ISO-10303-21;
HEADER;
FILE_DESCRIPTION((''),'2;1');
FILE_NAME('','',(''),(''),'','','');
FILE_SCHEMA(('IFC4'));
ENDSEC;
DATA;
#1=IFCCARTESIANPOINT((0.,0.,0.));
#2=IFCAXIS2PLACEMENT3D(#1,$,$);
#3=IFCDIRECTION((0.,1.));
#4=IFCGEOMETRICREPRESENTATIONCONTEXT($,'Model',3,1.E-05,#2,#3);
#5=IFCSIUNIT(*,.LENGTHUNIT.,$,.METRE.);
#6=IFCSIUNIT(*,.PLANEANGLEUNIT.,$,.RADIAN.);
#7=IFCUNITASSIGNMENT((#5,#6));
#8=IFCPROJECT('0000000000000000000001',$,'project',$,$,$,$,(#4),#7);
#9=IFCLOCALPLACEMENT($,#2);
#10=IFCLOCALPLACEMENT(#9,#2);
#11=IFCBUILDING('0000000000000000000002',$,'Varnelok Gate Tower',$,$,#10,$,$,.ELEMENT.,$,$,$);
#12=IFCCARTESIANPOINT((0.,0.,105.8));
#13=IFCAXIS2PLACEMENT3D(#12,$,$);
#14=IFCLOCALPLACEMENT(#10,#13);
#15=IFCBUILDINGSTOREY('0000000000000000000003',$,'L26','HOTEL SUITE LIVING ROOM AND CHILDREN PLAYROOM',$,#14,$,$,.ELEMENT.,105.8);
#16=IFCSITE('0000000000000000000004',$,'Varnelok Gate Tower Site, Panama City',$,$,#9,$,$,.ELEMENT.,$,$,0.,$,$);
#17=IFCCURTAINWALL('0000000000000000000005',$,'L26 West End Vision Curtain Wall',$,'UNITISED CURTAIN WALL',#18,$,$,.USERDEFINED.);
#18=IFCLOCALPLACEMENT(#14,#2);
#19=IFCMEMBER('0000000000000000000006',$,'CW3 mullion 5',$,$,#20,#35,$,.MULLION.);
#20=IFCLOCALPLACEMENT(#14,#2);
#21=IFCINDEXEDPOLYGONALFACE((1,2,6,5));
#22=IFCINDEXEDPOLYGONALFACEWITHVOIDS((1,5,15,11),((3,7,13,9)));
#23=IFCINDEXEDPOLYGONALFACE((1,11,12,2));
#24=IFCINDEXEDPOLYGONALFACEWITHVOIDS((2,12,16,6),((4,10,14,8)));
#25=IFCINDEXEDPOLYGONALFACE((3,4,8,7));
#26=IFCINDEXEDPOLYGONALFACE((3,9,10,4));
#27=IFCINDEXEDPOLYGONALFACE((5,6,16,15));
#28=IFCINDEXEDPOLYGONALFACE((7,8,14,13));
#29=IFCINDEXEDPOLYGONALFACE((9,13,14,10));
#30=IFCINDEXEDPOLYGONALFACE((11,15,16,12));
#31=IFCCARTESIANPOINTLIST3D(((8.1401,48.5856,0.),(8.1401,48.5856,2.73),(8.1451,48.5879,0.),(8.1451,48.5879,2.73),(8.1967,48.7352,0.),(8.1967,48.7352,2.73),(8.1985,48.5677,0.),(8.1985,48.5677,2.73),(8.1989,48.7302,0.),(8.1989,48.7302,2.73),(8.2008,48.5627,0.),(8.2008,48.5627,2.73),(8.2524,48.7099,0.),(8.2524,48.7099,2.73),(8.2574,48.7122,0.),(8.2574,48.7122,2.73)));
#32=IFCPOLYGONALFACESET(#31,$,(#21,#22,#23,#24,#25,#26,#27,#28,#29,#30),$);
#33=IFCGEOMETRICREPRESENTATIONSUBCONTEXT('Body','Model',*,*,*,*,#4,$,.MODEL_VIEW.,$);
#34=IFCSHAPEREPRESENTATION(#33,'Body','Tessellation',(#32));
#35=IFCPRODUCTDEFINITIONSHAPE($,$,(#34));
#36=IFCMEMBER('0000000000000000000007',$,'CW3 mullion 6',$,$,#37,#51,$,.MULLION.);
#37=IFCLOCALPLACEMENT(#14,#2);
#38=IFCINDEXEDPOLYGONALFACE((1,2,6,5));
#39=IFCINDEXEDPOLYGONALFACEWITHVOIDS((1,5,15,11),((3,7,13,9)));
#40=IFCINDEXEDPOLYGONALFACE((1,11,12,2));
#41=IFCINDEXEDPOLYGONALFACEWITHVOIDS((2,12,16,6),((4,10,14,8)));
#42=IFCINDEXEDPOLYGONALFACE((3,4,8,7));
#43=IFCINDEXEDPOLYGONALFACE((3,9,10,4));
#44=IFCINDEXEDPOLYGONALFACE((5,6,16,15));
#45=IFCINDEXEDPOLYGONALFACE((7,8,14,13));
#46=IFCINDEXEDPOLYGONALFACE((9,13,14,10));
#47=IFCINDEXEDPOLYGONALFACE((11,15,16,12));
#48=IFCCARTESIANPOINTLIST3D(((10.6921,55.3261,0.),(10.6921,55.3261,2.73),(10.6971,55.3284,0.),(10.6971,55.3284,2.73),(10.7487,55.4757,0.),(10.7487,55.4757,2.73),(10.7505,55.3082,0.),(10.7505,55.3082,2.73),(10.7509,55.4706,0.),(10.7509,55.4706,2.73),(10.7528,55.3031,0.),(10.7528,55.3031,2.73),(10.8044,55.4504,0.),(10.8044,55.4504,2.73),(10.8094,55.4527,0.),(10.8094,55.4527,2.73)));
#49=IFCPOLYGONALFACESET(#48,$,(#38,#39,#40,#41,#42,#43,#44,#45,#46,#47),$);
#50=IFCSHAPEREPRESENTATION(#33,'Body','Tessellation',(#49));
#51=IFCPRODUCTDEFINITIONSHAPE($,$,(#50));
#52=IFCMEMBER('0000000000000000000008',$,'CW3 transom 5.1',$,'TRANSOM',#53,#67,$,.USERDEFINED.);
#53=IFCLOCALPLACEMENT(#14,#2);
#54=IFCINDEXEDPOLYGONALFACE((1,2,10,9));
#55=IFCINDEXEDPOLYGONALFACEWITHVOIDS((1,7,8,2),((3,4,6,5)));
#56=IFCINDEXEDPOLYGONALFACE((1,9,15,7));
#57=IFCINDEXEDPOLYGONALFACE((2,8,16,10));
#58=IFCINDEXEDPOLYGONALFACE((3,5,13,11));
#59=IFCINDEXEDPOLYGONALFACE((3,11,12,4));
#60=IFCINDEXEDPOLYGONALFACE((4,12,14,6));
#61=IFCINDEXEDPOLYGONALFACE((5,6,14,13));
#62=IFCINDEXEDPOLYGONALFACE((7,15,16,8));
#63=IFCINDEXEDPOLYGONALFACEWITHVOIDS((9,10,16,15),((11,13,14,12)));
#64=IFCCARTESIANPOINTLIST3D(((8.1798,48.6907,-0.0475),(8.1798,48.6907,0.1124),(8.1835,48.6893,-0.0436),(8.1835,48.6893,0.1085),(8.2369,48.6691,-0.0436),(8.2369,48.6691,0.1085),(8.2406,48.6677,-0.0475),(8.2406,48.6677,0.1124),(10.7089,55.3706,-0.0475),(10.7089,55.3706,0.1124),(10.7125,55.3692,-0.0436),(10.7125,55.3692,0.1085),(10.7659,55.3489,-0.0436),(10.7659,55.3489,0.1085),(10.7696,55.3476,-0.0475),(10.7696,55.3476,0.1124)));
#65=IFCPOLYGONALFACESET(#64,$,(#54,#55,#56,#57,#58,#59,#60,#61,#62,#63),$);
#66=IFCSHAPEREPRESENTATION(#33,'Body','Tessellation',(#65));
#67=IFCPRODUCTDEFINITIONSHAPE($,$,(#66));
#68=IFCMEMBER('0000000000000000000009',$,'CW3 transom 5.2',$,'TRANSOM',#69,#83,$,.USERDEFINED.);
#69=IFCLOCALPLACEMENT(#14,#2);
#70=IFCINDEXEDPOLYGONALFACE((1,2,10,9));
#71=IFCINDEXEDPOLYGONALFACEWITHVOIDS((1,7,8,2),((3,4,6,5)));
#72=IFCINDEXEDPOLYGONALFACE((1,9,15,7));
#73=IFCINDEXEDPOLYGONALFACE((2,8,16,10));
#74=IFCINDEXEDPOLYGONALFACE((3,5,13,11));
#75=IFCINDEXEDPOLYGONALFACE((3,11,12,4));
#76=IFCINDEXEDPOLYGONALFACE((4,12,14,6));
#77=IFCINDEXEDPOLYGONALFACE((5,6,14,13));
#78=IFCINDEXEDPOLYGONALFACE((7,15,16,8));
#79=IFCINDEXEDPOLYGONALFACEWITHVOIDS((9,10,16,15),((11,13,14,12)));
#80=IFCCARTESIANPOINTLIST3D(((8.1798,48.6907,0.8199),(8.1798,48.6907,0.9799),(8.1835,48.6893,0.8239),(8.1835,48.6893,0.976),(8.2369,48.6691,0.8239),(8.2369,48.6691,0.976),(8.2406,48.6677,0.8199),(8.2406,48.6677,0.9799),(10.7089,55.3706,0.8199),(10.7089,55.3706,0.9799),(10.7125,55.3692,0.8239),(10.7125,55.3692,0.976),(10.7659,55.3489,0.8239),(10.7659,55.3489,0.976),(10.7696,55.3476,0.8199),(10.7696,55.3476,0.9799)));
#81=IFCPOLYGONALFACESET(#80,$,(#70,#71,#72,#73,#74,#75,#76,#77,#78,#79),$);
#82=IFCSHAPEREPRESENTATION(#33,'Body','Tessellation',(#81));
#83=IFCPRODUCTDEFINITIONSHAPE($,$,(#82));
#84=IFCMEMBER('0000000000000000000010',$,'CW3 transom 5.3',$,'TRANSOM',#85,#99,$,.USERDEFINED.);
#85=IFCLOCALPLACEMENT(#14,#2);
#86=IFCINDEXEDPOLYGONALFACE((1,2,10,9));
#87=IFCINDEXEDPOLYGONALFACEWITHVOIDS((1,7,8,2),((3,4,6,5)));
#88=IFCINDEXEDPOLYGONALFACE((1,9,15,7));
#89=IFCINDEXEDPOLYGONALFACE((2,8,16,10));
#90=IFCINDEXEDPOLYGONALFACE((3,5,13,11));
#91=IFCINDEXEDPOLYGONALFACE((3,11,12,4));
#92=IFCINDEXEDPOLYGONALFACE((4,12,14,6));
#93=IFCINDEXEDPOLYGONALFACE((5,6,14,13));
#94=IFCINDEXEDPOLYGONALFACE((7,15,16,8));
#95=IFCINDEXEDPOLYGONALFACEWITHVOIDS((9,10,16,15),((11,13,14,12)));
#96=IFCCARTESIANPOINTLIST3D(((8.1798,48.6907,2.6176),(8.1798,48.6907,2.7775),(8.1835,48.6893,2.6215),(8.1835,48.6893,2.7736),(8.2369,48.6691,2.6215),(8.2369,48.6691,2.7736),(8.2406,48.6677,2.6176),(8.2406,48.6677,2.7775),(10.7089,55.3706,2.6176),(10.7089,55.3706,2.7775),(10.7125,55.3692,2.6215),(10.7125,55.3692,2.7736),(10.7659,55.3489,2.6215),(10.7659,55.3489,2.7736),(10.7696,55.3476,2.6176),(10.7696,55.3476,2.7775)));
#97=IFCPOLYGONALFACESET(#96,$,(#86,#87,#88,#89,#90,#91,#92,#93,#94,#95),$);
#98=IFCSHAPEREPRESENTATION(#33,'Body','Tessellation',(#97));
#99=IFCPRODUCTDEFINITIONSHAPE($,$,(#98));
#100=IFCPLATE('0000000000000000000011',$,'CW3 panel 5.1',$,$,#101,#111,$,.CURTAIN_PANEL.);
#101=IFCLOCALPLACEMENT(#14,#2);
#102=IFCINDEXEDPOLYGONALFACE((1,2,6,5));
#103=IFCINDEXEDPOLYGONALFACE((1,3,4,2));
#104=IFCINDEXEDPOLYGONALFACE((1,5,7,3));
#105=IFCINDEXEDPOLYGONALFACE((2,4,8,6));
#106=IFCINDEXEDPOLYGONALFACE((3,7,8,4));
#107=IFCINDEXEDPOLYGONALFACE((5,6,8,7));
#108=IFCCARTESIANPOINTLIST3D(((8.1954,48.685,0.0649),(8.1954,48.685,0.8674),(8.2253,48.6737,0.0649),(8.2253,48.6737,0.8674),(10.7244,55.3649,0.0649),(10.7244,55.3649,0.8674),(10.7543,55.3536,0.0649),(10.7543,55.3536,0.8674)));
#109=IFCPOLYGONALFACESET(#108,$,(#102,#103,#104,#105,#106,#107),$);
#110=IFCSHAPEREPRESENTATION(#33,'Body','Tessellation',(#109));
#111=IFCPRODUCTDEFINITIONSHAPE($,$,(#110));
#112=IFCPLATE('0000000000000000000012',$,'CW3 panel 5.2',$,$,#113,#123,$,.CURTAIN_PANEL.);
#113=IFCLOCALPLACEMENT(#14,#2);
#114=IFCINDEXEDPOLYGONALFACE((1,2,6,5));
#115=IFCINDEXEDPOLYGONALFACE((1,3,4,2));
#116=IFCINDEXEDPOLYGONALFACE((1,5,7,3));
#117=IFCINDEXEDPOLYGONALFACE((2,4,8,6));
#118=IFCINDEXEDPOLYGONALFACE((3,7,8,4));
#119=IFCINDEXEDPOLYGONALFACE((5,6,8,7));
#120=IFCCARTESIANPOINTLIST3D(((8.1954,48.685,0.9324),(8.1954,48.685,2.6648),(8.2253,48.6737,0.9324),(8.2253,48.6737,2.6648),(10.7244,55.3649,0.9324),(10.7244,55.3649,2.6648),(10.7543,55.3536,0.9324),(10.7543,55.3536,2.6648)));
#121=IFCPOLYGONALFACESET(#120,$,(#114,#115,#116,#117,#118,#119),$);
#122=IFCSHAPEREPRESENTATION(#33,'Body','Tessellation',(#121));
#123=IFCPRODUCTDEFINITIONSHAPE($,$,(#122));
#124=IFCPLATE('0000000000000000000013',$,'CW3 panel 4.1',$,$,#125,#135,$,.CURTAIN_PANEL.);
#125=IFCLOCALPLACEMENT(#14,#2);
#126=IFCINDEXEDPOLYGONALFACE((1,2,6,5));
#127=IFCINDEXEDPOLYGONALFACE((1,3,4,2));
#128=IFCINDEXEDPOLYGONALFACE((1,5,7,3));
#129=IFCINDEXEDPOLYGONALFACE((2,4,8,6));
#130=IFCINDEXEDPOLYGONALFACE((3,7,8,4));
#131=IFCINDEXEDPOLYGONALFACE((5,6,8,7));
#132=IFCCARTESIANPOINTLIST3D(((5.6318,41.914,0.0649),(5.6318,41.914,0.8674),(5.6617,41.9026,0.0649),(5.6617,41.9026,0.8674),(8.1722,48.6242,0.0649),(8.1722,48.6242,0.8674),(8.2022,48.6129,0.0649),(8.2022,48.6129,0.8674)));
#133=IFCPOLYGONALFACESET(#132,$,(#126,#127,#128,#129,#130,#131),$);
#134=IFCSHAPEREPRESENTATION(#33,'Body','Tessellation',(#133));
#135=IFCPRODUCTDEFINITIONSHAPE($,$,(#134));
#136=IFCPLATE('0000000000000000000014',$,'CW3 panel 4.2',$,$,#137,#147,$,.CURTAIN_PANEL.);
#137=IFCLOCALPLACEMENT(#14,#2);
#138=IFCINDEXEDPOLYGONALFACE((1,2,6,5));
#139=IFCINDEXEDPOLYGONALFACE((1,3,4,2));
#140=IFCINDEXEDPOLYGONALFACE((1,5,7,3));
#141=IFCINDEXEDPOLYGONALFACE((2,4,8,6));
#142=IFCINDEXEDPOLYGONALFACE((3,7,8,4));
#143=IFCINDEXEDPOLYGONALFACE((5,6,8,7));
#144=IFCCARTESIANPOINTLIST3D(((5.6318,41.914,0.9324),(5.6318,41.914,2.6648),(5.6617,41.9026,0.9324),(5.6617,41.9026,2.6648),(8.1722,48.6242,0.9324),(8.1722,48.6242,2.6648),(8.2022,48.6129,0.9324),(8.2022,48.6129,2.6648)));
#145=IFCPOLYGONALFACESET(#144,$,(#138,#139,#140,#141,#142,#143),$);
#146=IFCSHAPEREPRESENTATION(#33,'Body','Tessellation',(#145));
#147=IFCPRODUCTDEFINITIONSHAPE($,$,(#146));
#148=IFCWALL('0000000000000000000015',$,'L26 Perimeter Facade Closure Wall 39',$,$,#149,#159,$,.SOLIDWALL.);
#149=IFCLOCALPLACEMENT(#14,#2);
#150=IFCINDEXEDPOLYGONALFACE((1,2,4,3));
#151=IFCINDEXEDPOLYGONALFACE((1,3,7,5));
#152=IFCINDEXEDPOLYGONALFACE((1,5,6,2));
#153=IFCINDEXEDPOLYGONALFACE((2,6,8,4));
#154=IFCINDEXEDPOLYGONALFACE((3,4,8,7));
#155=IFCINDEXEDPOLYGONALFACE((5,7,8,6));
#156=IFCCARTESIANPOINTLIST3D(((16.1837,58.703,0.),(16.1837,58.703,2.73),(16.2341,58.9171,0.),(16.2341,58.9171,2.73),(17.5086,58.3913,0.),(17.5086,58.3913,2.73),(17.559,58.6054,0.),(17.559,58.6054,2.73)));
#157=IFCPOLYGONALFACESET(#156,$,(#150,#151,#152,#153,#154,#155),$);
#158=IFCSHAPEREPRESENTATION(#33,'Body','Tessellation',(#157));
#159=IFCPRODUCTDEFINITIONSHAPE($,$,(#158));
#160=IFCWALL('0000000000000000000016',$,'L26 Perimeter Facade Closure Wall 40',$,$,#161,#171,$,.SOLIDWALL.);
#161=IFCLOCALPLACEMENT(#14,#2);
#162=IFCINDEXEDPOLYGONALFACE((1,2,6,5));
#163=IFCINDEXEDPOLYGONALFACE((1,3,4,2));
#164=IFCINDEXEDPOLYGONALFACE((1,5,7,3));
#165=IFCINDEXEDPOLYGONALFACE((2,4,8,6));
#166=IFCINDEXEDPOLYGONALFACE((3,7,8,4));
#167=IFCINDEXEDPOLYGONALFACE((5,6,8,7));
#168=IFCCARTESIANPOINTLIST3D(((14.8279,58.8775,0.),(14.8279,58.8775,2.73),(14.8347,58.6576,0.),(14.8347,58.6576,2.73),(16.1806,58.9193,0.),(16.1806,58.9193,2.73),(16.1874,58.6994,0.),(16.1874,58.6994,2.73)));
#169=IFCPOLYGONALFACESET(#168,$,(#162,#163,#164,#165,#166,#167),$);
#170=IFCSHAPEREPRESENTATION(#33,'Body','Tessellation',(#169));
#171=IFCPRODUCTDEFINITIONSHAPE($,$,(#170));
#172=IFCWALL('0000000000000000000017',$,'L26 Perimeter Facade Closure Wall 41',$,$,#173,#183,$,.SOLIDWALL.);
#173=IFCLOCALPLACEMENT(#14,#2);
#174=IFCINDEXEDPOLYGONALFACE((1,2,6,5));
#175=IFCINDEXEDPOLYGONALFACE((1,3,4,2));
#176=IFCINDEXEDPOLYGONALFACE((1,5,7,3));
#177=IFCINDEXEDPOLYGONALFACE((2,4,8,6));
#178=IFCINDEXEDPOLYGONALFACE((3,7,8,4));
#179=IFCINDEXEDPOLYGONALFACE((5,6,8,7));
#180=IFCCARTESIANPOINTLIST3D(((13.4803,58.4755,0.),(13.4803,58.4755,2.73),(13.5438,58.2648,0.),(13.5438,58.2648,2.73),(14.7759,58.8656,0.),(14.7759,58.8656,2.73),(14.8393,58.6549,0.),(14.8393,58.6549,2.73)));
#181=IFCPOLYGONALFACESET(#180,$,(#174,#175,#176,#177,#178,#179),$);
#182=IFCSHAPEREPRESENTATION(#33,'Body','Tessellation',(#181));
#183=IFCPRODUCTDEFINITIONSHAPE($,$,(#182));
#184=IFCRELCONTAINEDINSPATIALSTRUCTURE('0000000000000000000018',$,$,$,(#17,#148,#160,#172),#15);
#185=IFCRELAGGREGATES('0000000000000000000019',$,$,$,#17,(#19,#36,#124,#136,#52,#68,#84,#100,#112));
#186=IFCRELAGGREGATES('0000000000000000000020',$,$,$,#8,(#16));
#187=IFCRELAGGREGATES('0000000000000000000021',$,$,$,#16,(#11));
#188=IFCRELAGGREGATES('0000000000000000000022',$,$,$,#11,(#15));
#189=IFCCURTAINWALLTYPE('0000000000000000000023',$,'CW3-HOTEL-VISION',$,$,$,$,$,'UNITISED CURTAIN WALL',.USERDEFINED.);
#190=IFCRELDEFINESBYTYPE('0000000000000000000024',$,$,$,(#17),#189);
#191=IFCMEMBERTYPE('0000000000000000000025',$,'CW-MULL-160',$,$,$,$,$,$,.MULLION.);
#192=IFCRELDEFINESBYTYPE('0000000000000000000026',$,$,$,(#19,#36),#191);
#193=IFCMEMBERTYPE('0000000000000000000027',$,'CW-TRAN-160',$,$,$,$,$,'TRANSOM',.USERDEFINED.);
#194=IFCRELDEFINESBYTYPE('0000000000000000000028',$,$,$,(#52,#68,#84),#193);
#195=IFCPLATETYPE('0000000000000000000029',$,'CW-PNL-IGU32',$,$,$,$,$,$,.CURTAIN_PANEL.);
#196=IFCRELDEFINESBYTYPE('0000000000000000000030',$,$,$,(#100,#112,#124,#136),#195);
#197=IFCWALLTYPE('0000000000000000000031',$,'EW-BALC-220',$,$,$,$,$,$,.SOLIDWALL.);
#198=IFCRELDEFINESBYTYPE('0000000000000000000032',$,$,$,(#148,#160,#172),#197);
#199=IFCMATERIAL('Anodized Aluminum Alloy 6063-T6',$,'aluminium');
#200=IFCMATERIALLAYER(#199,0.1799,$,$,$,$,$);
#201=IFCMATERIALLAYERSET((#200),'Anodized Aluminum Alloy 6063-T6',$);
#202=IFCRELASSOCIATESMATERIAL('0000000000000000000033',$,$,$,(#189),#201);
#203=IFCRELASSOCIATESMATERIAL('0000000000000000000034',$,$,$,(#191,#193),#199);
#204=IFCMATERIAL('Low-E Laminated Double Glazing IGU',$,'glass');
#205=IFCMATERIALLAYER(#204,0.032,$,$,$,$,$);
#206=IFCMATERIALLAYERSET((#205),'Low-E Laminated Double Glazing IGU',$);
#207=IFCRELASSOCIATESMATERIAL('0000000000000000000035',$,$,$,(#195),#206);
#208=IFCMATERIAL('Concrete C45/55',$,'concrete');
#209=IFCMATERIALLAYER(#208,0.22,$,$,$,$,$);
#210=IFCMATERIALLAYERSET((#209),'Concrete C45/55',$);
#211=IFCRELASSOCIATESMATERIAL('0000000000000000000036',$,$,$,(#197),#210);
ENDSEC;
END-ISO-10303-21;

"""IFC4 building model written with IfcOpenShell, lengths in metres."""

from ifc_helpers import new_model, si_unit, direction, frame, frame_2d, origin, origin_2d, place, context, subcontext, project, spatial, rectangle, hollow_rectangle, extrude, source, transform, mapped, material, layer, layer_set, material_profile, profile_set, type_object, element, aggregate, save


model = new_model("IFC4")

# Units and contexts
model_context = context("Model", 3, precision=1e-05, world=origin(), true_north=direction((0.0, 1.0)))
body_context = subcontext(model_context, "Body", "Model", "MODEL_VIEW")
ifc_project = project(units=[si_unit("LENGTHUNIT", "METRE"), si_unit("PLANEANGLEUNIT", "RADIAN")], contexts=[model_context])

# Site, building, storey
site_placement = place(None, origin())
site = spatial("IfcSite", under=ifc_project, at=site_placement, Name="Varnelok Gate Tower Site, Panama City", CompositionType="ELEMENT", RefElevation=0.0)
building_placement = place(site_placement, origin())
building = spatial("IfcBuilding", under=site, at=building_placement, Name="Varnelok Gate Tower", CompositionType="ELEMENT")
storey_placement = place(building_placement, frame((0.0, 0.0, 105.8)))
storey = spatial("IfcBuildingStorey", under=building, at=storey_placement, Name="L26", Description="HOTEL SUITE LIVING ROOM AND CHILDREN PLAYROOM", CompositionType="ELEMENT", Elevation=105.8)

# Curtain wall, members, plates
ifc_material_1 = material(Name="Anodized Aluminum Alloy 6063-T6", Category="aluminium")
ifc_layer_1 = layer(ifc_material_1, 0.1799)
ifc_layer_set_1 = layer_set([ifc_layer_1], Name="Anodized Aluminum Alloy 6063-T6")
curtain_wall_type = type_object("IfcCurtainWallType", Name="CW3-HOTEL-VISION", ElementType="UNITISED CURTAIN WALL", PredefinedType="USERDEFINED", material=ifc_layer_set_1)
curtain_wall_placement = place(storey_placement, origin())
curtain_wall = element("IfcCurtainWall", 1, at=curtain_wall_placement, inside=storey, type_object=curtain_wall_type, Name="L26 West End Vision Curtain Wall", ObjectType="UNITISED CURTAIN WALL", PredefinedType="USERDEFINED")
ifc_material_profile_1 = material_profile(ifc_material_1, hollow_rectangle(XDim=0.0649, YDim=0.1599, WallThickness=0.0039, at=origin_2d()), Name="ALU160X65X4")
ifc_profile_set_1 = profile_set([ifc_material_profile_1], Name="Anodized Aluminum Alloy 6063-T6")
member_type_1 = type_object("IfcMemberType", Name="CW-MULL-160", PredefinedType="MULLION", material=ifc_profile_set_1)
member_1_placement = place(storey_placement, frame((8.1987, 48.6489, 0.0), z_axis=(0.0, 0.0, 1.0), x_axis=(-0.935221, 0.354064, 0.0)))
member_1 = element("IfcMember", 2, at=member_1_placement, type_object=member_type_1, Name="CW3 mullion 5", PredefinedType="MULLION", context=body_context, shape_type="SweptSolid", body=[
    extrude(hollow_rectangle(XDim=0.0649, YDim=0.1599, WallThickness=0.0039, at=origin_2d()), origin(), (0.0, 0.0, 1.0), 2.73),
])
member_2_placement = place(storey_placement, frame((10.7507, 55.3894, 0.0), z_axis=(0.0, 0.0, 1.0), x_axis=(-0.935221, 0.354064, 0.0)))
member_2 = element("IfcMember", 3, at=member_2_placement, type_object=member_type_1, Name="CW3 mullion 6", PredefinedType="MULLION", context=body_context, shape_type="SweptSolid", body=[
    extrude(hollow_rectangle(XDim=0.0649, YDim=0.1599, WallThickness=0.0039, at=origin_2d()), origin(), (0.0, 0.0, 1.0), 2.73),
])
ifc_material_profile_2 = material_profile(ifc_material_1, hollow_rectangle(XDim=0.0649, YDim=0.1599, WallThickness=0.0039, at=origin_2d()), Name="ALU160X65X4")
ifc_profile_set_2 = profile_set([ifc_material_profile_2], Name="Anodized Aluminum Alloy 6063-T6")
member_type_2 = type_object("IfcMemberType", Name="CW-TRAN-160", ElementType="TRANSOM", PredefinedType="USERDEFINED", material=ifc_profile_set_2)
member_3_placement = place(storey_placement, frame((8.2102, 48.6792, 0.0325), z_axis=(0.354077, 0.935216, 0.0), x_axis=(-0.935216, 0.354077, 0.0)))
member_3 = element("IfcMember", 4, at=member_3_placement, type_object=member_type_2, Name="CW3 transom 5.1", ObjectType="TRANSOM", PredefinedType="USERDEFINED", context=body_context, shape_type="SweptSolid", body=[
    extrude(hollow_rectangle(XDim=0.0649, YDim=0.1599, WallThickness=0.0039, at=origin_2d()), origin(), (0.0, 0.0, 1.0), 7.1426),
])
member_4_placement = place(storey_placement, frame((8.2102, 48.6792, 0.8999), z_axis=(0.354077, 0.935216, 0.0), x_axis=(-0.935216, 0.354077, 0.0)))
member_4 = element("IfcMember", 5, at=member_4_placement, type_object=member_type_2, Name="CW3 transom 5.2", ObjectType="TRANSOM", PredefinedType="USERDEFINED", context=body_context, shape_type="SweptSolid", body=[
    extrude(hollow_rectangle(XDim=0.0649, YDim=0.1599, WallThickness=0.0039, at=origin_2d()), origin(), (0.0, 0.0, 1.0), 7.1426),
])
member_5_placement = place(storey_placement, frame((8.2102, 48.6792, 2.6975), z_axis=(0.354077, 0.935216, 0.0), x_axis=(-0.935216, 0.354077, 0.0)))
member_5 = element("IfcMember", 6, at=member_5_placement, type_object=member_type_2, Name="CW3 transom 5.3", ObjectType="TRANSOM", PredefinedType="USERDEFINED", context=body_context, shape_type="SweptSolid", body=[
    extrude(hollow_rectangle(XDim=0.0649, YDim=0.1599, WallThickness=0.0039, at=origin_2d()), origin(), (0.0, 0.0, 1.0), 7.1426),
])
ifc_material_2 = material(Name="Low-E Laminated Double Glazing IGU", Category="glass")
ifc_layer_2 = layer(ifc_material_2, 0.032)
ifc_layer_set_2 = layer_set([ifc_layer_2], Name="Low-E Laminated Double Glazing IGU")
plate_type = type_object("IfcPlateType", Name="CW-PNL-IGU32", PredefinedType="CURTAIN_PANEL", material=ifc_layer_set_2)
shared_shape_1 = source(origin(), body_context, "Body", "SweptSolid", [
    extrude(rectangle(XDim=7.1426, YDim=0.032, at=origin_2d()), origin(), (0.0, 0.0, 1.0), 0.8025),
])
plate_1_placement = place(storey_placement, frame((9.4749, 52.0193, 0.0649), z_axis=(0.0, 0.0, 1.0), x_axis=(0.354064, 0.935221, 0.0)))
plate_1 = element("IfcPlate", 7, at=plate_1_placement, type_object=plate_type, Name="CW3 panel 5.1", PredefinedType="CURTAIN_PANEL", context=body_context, shape_type="MappedRepresentation", body=[
    mapped(shared_shape_1, transform((0.0, 0.0, 0.0), scale=1.0)),
])
shared_shape_2 = source(origin(), body_context, "Body", "SweptSolid", [
    extrude(rectangle(XDim=7.1426, YDim=0.032, at=origin_2d()), origin(), (0.0, 0.0, 1.0), 1.7324),
])
plate_2_placement = place(storey_placement, frame((9.4749, 52.0193, 0.9324), z_axis=(0.0, 0.0, 1.0), x_axis=(0.354064, 0.935221, 0.0)))
plate_2 = element("IfcPlate", 8, at=plate_2_placement, type_object=plate_type, Name="CW3 panel 5.2", PredefinedType="CURTAIN_PANEL", context=body_context, shape_type="MappedRepresentation", body=[
    mapped(shared_shape_2, transform((0.0, 0.0, 0.0), scale=1.0)),
])
shared_shape_3 = source(origin(), body_context, "Body", "SweptSolid", [
    extrude(rectangle(XDim=7.175, YDim=0.032, at=origin_2d()), origin(), (0.0, 0.0, 1.0), 0.8025),
])
plate_3_placement = place(storey_placement, frame((6.917, 45.2634, 0.0649), z_axis=(0.0, 0.0, 1.0), x_axis=(0.354064, 0.935221, 0.0)))
plate_3 = element("IfcPlate", 9, at=plate_3_placement, type_object=plate_type, Name="CW3 panel 4.1", PredefinedType="CURTAIN_PANEL", context=body_context, shape_type="MappedRepresentation", body=[
    mapped(shared_shape_3, transform((0.0, 0.0, 0.0), scale=1.0)),
])
shared_shape_4 = source(origin(), body_context, "Body", "SweptSolid", [
    extrude(rectangle(XDim=7.175, YDim=0.032, at=origin_2d()), origin(), (0.0, 0.0, 1.0), 1.7324),
])
plate_4_placement = place(storey_placement, frame((6.917, 45.2634, 0.9324), z_axis=(0.0, 0.0, 1.0), x_axis=(0.354064, 0.935221, 0.0)))
plate_4 = element("IfcPlate", 10, at=plate_4_placement, type_object=plate_type, Name="CW3 panel 4.2", PredefinedType="CURTAIN_PANEL", context=body_context, shape_type="MappedRepresentation", body=[
    mapped(shared_shape_4, transform((0.0, 0.0, 0.0), scale=1.0)),
])
aggregate(curtain_wall, [member_1, member_2, plate_3, plate_4, member_3, member_4, member_5, plate_1, plate_2])

# Walls
ifc_material_3 = material(Name="Concrete C45/55", Category="concrete")
ifc_layer_3 = layer(ifc_material_3, 0.22)
ifc_layer_set_3 = layer_set([ifc_layer_3], Name="Concrete C45/55")
wall_type_1 = type_object("IfcWallType", Name="EW-BALC-220", PredefinedType="SOLIDWALL", material=ifc_layer_set_3)
wall_1_placement = place(storey_placement, frame((17.5339, 58.4983, 0.0), z_axis=(0.0, 0.0, 1.0), x_axis=(-0.973415, 0.229049, 0.0)))
element("IfcWall", 11, at=wall_1_placement, inside=storey, type_object=wall_type_1, Name="L26 Perimeter Facade Closure Wall 39", PredefinedType="SOLIDWALL", context=body_context, shape_type="SweptSolid", body=[
    extrude(rectangle(XDim=1.3611, YDim=0.22, at=frame_2d((0.6807, 0.0))), origin(), (0.0, 0.0, 1.0), 2.73),
])
wall_2_placement = place(storey_placement, frame((16.1841, 58.8093, 0.0), z_axis=(0.0, 0.0, 1.0), x_axis=(-0.999524, -0.030852, 0.0)))
element("IfcWall", 12, at=wall_2_placement, inside=storey, type_object=wall_type_1, Name="L26 Perimeter Facade Closure Wall 40", PredefinedType="SOLIDWALL", context=body_context, shape_type="SweptSolid", body=[
    extrude(rectangle(XDim=1.3533, YDim=0.22, at=frame_2d((0.6768, 0.0))), origin(), (0.0, 0.0, 1.0), 2.73),
])
for number, where, z_axis, x_axis, name in (
    (13, (14.8076, 58.7603, 0.0), (0.0, 0.0, 1.0), (-0.957533, -0.288324, 0.0), "L26 Perimeter Facade Closure Wall 41"),
):
    element("IfcWall", number, at=place(storey_placement, frame(where, z_axis=z_axis, x_axis=x_axis)), inside=storey, type_object=wall_type_1, Name=name, PredefinedType="SOLIDWALL", context=body_context, shape_type="SweptSolid", body=[
        extrude(rectangle(XDim=1.353, YDim=0.22, at=frame_2d((0.6765, 0.0))), origin(), (0.0, 0.0, 1.0), 2.73),
    ])

save(model, "model.ifc")
